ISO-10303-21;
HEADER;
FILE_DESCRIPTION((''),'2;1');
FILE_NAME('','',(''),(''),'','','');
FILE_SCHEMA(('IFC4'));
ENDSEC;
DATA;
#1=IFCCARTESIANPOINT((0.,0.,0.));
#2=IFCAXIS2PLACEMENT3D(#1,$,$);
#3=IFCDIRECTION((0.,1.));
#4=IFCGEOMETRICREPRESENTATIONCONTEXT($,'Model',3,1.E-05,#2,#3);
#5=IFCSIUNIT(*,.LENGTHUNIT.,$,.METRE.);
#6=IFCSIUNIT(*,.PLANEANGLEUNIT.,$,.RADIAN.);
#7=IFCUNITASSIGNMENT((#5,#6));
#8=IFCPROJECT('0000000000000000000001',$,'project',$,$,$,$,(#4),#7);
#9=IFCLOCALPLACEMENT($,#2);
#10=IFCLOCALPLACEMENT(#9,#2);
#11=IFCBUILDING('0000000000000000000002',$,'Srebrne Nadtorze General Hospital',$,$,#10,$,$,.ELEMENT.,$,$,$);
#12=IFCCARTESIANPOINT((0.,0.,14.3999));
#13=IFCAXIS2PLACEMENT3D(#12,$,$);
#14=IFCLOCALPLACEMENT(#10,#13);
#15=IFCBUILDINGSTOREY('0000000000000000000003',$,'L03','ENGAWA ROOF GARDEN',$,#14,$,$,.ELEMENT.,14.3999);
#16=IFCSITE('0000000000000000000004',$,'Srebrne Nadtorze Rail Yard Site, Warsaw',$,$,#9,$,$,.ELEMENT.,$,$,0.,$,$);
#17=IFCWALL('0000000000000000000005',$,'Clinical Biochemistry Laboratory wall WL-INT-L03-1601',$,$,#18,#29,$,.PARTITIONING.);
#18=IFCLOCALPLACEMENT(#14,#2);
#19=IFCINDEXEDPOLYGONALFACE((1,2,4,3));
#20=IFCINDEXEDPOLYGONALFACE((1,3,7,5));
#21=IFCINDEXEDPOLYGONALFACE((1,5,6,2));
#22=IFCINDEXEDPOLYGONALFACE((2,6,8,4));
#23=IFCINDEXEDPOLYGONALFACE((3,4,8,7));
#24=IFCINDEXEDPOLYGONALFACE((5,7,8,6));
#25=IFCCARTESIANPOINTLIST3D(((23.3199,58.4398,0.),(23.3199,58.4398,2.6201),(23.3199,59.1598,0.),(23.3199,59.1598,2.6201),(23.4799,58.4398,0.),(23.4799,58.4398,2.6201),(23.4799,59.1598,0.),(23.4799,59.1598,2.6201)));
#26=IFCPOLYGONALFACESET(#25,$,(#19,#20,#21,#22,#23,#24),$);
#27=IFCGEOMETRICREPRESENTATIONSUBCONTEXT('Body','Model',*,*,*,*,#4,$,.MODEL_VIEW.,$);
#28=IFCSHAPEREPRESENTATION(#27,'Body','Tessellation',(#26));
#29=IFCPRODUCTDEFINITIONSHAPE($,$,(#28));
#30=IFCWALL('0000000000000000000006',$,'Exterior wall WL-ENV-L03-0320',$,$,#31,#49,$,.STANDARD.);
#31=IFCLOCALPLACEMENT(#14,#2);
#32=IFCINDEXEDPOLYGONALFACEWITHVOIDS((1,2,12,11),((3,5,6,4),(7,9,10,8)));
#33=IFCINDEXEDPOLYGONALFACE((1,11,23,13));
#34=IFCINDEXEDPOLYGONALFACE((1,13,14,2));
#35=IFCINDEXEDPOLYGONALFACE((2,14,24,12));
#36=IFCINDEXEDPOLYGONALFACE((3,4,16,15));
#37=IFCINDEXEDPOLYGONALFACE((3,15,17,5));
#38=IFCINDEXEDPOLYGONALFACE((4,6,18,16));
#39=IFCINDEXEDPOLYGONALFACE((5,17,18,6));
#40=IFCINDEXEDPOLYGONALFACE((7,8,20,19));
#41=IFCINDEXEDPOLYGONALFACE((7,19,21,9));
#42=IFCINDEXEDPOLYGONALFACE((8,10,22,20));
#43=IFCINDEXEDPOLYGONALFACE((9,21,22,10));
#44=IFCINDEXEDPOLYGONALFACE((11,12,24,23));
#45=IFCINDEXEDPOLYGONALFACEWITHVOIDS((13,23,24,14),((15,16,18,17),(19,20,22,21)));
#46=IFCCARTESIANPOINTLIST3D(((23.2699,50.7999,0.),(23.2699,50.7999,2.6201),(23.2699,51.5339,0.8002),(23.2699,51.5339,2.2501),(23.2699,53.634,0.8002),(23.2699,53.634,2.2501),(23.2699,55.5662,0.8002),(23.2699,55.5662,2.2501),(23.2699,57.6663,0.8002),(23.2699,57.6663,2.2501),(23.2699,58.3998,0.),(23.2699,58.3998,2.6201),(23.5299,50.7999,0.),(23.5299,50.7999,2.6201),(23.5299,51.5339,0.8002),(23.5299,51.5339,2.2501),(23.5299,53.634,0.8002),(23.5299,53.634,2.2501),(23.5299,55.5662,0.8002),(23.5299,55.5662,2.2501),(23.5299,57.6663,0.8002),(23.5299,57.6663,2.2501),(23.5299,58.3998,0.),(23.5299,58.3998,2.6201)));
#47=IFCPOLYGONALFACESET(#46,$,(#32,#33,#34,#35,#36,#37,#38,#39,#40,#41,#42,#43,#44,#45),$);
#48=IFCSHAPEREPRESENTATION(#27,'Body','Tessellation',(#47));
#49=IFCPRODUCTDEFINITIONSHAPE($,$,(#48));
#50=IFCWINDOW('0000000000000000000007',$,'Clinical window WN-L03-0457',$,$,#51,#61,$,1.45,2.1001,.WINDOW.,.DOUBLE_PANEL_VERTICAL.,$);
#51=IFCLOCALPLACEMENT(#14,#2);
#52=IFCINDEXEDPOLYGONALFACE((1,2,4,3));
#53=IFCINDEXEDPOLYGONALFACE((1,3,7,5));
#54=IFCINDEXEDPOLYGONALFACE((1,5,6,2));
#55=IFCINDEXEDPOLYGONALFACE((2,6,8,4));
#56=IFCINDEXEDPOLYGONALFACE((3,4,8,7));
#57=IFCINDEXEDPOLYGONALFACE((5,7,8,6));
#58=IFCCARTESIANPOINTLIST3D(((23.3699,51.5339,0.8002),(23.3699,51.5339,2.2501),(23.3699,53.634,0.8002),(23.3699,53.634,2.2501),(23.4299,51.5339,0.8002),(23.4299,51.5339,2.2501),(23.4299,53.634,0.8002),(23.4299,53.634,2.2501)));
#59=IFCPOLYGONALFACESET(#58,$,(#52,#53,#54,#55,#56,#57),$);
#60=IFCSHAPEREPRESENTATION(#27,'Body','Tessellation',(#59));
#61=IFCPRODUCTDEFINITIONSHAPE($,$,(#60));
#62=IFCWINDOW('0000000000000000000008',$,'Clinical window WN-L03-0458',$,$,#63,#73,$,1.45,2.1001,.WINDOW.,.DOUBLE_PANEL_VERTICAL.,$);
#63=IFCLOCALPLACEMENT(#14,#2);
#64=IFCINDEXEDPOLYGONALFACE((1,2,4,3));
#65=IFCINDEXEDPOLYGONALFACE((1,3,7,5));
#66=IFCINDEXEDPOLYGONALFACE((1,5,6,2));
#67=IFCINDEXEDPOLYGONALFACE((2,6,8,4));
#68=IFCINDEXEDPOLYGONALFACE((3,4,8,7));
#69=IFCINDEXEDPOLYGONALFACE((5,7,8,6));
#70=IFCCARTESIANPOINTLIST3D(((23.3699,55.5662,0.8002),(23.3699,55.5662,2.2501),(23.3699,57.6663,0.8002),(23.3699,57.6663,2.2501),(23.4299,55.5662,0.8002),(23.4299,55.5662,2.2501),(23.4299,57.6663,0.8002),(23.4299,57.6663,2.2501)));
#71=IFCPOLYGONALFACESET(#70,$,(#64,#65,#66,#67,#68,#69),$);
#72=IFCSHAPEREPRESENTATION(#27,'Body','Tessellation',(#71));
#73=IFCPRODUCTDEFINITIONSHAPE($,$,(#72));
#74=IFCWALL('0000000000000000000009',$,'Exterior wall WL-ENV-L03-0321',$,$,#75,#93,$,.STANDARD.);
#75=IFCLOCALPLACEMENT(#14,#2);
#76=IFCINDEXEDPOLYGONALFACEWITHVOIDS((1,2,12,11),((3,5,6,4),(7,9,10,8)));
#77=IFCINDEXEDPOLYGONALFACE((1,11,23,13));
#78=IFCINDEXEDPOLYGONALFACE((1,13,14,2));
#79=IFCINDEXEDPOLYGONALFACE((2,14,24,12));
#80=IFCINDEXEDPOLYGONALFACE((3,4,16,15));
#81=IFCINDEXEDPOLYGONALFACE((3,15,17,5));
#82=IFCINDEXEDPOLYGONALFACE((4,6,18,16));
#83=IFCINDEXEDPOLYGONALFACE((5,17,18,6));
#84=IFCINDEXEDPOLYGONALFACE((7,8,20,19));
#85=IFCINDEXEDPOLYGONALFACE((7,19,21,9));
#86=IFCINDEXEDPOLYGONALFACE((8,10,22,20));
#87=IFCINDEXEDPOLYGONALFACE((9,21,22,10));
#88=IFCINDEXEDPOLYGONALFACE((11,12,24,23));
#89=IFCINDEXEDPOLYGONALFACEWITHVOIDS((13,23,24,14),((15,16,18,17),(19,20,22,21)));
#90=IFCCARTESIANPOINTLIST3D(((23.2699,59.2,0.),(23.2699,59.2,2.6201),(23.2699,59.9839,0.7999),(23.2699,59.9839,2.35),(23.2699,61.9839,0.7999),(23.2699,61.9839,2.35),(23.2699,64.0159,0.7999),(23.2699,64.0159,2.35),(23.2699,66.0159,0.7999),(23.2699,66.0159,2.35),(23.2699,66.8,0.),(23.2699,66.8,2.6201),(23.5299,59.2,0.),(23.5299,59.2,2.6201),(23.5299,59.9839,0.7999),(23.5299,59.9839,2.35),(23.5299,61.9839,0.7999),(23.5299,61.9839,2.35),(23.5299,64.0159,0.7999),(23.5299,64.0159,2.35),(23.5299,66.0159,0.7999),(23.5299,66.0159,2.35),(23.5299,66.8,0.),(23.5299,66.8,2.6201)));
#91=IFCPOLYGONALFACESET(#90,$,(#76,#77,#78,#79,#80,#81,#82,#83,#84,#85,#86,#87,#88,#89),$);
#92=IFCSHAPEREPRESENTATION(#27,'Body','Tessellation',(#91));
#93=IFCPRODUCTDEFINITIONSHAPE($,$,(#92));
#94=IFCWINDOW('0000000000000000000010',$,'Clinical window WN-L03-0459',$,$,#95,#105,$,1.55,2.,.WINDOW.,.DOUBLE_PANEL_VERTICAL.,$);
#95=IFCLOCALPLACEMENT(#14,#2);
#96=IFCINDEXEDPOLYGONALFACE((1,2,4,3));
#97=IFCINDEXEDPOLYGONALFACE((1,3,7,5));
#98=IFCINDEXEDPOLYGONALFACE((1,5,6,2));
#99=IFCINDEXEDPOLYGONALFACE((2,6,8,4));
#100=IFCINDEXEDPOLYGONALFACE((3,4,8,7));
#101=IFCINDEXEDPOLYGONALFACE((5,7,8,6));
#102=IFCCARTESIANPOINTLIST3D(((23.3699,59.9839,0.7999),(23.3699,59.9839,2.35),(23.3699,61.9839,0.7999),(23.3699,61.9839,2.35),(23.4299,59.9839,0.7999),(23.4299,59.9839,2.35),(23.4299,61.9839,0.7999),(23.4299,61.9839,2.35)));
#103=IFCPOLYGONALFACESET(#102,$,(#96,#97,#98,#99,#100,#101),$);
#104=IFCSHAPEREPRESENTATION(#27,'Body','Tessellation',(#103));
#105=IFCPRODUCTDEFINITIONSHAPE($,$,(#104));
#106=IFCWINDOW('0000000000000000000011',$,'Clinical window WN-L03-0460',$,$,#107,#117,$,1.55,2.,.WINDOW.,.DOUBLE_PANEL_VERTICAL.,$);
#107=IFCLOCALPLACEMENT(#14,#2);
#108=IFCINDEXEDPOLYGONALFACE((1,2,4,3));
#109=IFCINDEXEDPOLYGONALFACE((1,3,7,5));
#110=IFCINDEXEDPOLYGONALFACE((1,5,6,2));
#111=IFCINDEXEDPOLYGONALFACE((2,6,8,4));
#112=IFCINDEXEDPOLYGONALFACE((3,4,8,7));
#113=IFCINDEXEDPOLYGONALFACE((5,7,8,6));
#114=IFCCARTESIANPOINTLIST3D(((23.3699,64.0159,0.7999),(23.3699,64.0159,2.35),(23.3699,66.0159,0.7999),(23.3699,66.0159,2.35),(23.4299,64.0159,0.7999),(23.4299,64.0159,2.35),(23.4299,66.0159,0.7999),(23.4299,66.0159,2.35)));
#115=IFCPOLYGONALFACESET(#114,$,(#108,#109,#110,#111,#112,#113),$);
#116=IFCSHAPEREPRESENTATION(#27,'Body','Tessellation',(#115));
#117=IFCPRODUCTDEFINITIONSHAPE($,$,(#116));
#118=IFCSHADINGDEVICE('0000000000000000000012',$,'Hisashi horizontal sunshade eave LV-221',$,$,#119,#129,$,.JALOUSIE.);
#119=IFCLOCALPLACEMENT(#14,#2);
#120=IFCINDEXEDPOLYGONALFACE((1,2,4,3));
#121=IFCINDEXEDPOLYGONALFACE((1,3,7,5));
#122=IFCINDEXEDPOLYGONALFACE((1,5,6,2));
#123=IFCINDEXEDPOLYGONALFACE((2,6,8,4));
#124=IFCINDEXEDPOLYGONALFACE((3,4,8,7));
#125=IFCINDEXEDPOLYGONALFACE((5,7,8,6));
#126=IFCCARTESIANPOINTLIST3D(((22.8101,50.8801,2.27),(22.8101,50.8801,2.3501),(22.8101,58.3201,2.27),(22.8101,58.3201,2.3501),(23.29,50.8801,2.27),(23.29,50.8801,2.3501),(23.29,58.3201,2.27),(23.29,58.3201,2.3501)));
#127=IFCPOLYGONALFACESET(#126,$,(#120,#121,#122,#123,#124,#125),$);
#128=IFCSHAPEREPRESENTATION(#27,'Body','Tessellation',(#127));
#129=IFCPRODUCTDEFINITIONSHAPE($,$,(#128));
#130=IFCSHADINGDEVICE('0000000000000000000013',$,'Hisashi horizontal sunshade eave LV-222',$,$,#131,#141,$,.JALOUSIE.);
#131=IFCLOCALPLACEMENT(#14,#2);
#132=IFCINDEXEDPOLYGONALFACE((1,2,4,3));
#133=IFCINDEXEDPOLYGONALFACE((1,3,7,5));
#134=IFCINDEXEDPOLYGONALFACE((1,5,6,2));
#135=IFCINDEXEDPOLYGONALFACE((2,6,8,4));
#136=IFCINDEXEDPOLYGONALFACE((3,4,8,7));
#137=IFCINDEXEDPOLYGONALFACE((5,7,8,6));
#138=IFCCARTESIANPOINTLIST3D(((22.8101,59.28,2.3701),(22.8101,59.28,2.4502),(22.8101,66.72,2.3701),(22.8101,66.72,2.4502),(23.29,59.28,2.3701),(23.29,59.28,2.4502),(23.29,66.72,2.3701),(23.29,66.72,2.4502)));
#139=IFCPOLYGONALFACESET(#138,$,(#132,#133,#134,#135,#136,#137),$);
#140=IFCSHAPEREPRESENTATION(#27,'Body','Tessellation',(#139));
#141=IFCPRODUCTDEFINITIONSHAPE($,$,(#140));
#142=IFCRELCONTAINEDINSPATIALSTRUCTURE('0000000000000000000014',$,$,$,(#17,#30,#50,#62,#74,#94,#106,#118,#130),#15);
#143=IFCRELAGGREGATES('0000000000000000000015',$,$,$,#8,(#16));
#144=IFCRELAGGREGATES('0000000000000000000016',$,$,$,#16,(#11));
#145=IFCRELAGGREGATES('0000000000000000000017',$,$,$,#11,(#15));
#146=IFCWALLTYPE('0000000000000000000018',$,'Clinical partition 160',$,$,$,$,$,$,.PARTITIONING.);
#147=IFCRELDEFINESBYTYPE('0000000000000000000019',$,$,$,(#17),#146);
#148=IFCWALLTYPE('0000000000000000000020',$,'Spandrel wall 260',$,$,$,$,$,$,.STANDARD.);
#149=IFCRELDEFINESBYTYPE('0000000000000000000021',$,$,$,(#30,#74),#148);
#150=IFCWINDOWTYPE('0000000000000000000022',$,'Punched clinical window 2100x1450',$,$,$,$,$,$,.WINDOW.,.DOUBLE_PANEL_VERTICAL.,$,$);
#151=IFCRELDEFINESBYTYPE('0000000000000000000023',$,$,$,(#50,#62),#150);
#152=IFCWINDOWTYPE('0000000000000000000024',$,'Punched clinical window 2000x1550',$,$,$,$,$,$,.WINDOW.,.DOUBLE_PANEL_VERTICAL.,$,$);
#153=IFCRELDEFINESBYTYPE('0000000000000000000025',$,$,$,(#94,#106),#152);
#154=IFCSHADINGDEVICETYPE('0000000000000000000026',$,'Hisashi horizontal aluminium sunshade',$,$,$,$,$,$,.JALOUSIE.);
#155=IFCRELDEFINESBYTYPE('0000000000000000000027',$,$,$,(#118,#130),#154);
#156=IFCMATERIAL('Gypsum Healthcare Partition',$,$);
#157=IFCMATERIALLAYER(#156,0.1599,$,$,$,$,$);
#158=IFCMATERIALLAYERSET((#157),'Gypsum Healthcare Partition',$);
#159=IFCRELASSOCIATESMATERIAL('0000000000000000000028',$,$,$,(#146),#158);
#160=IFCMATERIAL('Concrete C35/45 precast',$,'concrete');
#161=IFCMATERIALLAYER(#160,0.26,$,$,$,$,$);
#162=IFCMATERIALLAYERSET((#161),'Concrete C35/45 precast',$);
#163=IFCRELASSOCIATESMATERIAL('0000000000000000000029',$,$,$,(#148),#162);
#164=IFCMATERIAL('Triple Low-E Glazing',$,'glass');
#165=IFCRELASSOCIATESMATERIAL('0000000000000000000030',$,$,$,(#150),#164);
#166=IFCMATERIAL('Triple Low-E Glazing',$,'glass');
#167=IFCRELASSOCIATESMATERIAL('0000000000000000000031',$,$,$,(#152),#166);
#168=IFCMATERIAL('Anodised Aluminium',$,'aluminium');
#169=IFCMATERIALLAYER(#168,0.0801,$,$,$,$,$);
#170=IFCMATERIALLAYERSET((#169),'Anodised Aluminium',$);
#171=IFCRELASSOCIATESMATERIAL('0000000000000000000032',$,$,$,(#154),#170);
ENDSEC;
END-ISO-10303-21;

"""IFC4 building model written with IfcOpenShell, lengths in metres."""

from ifc_helpers import new_model, si_unit, direction, frame, frame_2d, origin, origin_2d, place, context, subcontext, project, spatial, rectangle, extrude, material, layer, layer_set, type_object, element, fill, save


model = new_model("IFC4")

# Units and contexts
model_context = context("Model", 3, precision=1e-05, world=origin(), true_north=direction((0.0, 1.0)))
body_context = subcontext(model_context, "Body", "Model", "MODEL_VIEW")
ifc_project = project(units=[si_unit("LENGTHUNIT", "METRE"), si_unit("PLANEANGLEUNIT", "RADIAN")], contexts=[model_context])

# Site, building, storey
site_placement = place(None, origin())
site = spatial("IfcSite", under=ifc_project, at=site_placement, Name="Srebrne Nadtorze Rail Yard Site, Warsaw", CompositionType="ELEMENT", RefElevation=0.0)
building_placement = place(site_placement, origin())
building = spatial("IfcBuilding", under=site, at=building_placement, Name="Srebrne Nadtorze General Hospital", CompositionType="ELEMENT")
storey_placement = place(building_placement, frame((0.0, 0.0, 14.3999)))
storey = spatial("IfcBuildingStorey", under=building, at=storey_placement, Name="L03", Description="ENGAWA ROOF GARDEN", CompositionType="ELEMENT", Elevation=14.3999)

# Shared definitions
ifc_material_1 = material(Name="Gypsum Healthcare Partition")
ifc_layer_1 = layer(ifc_material_1, 0.1599)
ifc_layer_set_1 = layer_set([ifc_layer_1], Name="Gypsum Healthcare Partition")
wall_type_1 = type_object("IfcWallType", Name="Clinical partition 160", PredefinedType="PARTITIONING", material=ifc_layer_set_1)

# Wall
wall_1_placement = place(storey_placement, frame((23.3999, 58.4399, 0.0), z_axis=(0.0, 0.0, 1.0), x_axis=(0.0, 1.0, 0.0)))
element("IfcWall", 1, at=wall_1_placement, inside=storey, type_object=wall_type_1, Name="Clinical Biochemistry Laboratory wall WL-INT-L03-1601", PredefinedType="PARTITIONING", context=body_context, shape_type="SweptSolid", body=[
    extrude(rectangle(XDim=0.72, YDim=0.1599, at=frame_2d((0.3599, 0.0))), origin(), (0.0, 0.0, 1.0), 2.6201),
])

# Walls, openings, windows
ifc_material_2 = material(Name="Concrete C35/45 precast", Category="concrete")
ifc_layer_2 = layer(ifc_material_2, 0.26)
ifc_layer_set_2 = layer_set([ifc_layer_2], Name="Concrete C35/45 precast")
wall_type_2 = type_object("IfcWallType", Name="Spandrel wall 260", PredefinedType="STANDARD", material=ifc_layer_set_2)
wall_2_placement = place(storey_placement, frame((23.3999, 50.8, 0.0), z_axis=(0.0, 0.0, 1.0), x_axis=(0.0, 1.0, 0.0)))
wall_2 = element("IfcWall", 2, at=wall_2_placement, inside=storey, type_object=wall_type_2, Name="Exterior wall WL-ENV-L03-0320", PredefinedType="STANDARD", context=body_context, shape_type="SweptSolid", body=[
    extrude(rectangle(XDim=7.5999, YDim=0.26, at=frame_2d((3.7998, 0.0))), origin(), (0.0, 0.0, 1.0), 2.6201),
])
opening_1_placement = place(wall_2_placement, frame((0.7339, 0.0, 0.8)))
opening_1 = element("IfcOpeningElement", 3, at=opening_1_placement, cuts=wall_2, PredefinedType="OPENING", context=body_context, shape_type="SweptSolid", body=[
    extrude(rectangle(XDim=2.1001, YDim=1.45, at=frame_2d((1.05, 0.7251))), frame((0.0, 0.1421, 0.0), z_axis=(0.0, -1.0, 0.0), x_axis=(1.0, 0.0, 0.0)), (0.0, 0.0, 1.0), 0.2839),
])
opening_2_placement = place(wall_2_placement, frame((4.7661, 0.0, 0.8)))
opening_2 = element("IfcOpeningElement", 4, at=opening_2_placement, cuts=wall_2, PredefinedType="OPENING", context=body_context, shape_type="SweptSolid", body=[
    extrude(rectangle(XDim=2.1001, YDim=1.45, at=frame_2d((1.05, 0.7251))), frame((0.0, 0.1421, 0.0), z_axis=(0.0, -1.0, 0.0), x_axis=(1.0, 0.0, 0.0)), (0.0, 0.0, 1.0), 0.2839),
])
ifc_material_3 = material(Name="Triple Low-E Glazing", Category="glass")
window_type_1 = type_object("IfcWindowType", Name="Punched clinical window 2100x1450", PartitioningType="DOUBLE_PANEL_VERTICAL", PredefinedType="WINDOW", material=ifc_material_3)
window_1_placement = place(opening_1_placement, origin())
window_1 = element("IfcWindow", 5, at=window_1_placement, inside=storey, type_object=window_type_1, Name="Clinical window WN-L03-0457", OverallHeight=1.45, OverallWidth=2.1001, PartitioningType="DOUBLE_PANEL_VERTICAL", PredefinedType="WINDOW", context=body_context, shape_type="SweptSolid", body=[
    extrude(rectangle(XDim=2.1001, YDim=1.45, at=frame_2d((1.05, 0.7251))), frame((0.0, 0.03, 0.0), z_axis=(0.0, -1.0, 0.0), x_axis=(1.0, 0.0, 0.0)), (0.0, 0.0, 1.0), 0.0601),
])
fill(opening_1, window_1)
window_2_placement = place(opening_2_placement, origin())
window_2 = element("IfcWindow", 6, at=window_2_placement, inside=storey, type_object=window_type_1, Name="Clinical window WN-L03-0458", OverallHeight=1.45, OverallWidth=2.1001, PartitioningType="DOUBLE_PANEL_VERTICAL", PredefinedType="WINDOW", context=body_context, shape_type="SweptSolid", body=[
    extrude(rectangle(XDim=2.1001, YDim=1.45, at=frame_2d((1.05, 0.7251))), frame((0.0, 0.03, 0.0), z_axis=(0.0, -1.0, 0.0), x_axis=(1.0, 0.0, 0.0)), (0.0, 0.0, 1.0), 0.0601),
])
fill(opening_2, window_2)
wall_3_placement = place(storey_placement, frame((23.3999, 59.2, 0.0), z_axis=(0.0, 0.0, 1.0), x_axis=(0.0, 1.0, 0.0)))
wall_3 = element("IfcWall", 7, at=wall_3_placement, inside=storey, type_object=wall_type_2, Name="Exterior wall WL-ENV-L03-0321", PredefinedType="STANDARD", context=body_context, shape_type="SweptSolid", body=[
    extrude(rectangle(XDim=7.6001, YDim=0.26, at=frame_2d((3.8, 0.0))), origin(), (0.0, 0.0, 1.0), 2.6201),
])
opening_3_placement = place(wall_3_placement, frame((0.7839, 0.0, 0.8)))
opening_3 = element("IfcOpeningElement", 8, at=opening_3_placement, cuts=wall_3, PredefinedType="OPENING", context=body_context, shape_type="SweptSolid", body=[
    extrude(rectangle(XDim=2.0, YDim=1.55, at=frame_2d((1.0, 0.7749))), frame((0.0, 0.1421, 0.0), z_axis=(0.0, -1.0, 0.0), x_axis=(1.0, 0.0, 0.0)), (0.0, 0.0, 1.0), 0.2839),
])
opening_4_placement = place(wall_3_placement, frame((4.8159, 0.0, 0.8)))
opening_4 = element("IfcOpeningElement", 9, at=opening_4_placement, cuts=wall_3, PredefinedType="OPENING", context=body_context, shape_type="SweptSolid", body=[
    extrude(rectangle(XDim=2.0, YDim=1.55, at=frame_2d((1.0, 0.7749))), frame((0.0, 0.1421, 0.0), z_axis=(0.0, -1.0, 0.0), x_axis=(1.0, 0.0, 0.0)), (0.0, 0.0, 1.0), 0.2839),
])
ifc_material_4 = material(Name="Triple Low-E Glazing", Category="glass")
window_type_2 = type_object("IfcWindowType", Name="Punched clinical window 2000x1550", PartitioningType="DOUBLE_PANEL_VERTICAL", PredefinedType="WINDOW", material=ifc_material_4)
window_3_placement = place(opening_3_placement, origin())
window_3 = element("IfcWindow", 10, at=window_3_placement, inside=storey, type_object=window_type_2, Name="Clinical window WN-L03-0459", OverallHeight=1.55, OverallWidth=2.0, PartitioningType="DOUBLE_PANEL_VERTICAL", PredefinedType="WINDOW", context=body_context, shape_type="SweptSolid", body=[
    extrude(rectangle(XDim=2.0, YDim=1.55, at=frame_2d((1.0, 0.7749))), frame((0.0, 0.03, 0.0), z_axis=(0.0, -1.0, 0.0), x_axis=(1.0, 0.0, 0.0)), (0.0, 0.0, 1.0), 0.0601),
])
fill(opening_3, window_3)
window_4_placement = place(opening_4_placement, origin())
window_4 = element("IfcWindow", 11, at=window_4_placement, inside=storey, type_object=window_type_2, Name="Clinical window WN-L03-0460", OverallHeight=1.55, OverallWidth=2.0, PartitioningType="DOUBLE_PANEL_VERTICAL", PredefinedType="WINDOW", context=body_context, shape_type="SweptSolid", body=[
    extrude(rectangle(XDim=2.0, YDim=1.55, at=frame_2d((1.0, 0.7749))), frame((0.0, 0.03, 0.0), z_axis=(0.0, -1.0, 0.0), x_axis=(1.0, 0.0, 0.0)), (0.0, 0.0, 1.0), 0.0601),
])
fill(opening_4, window_4)

# Shading devices
ifc_material_5 = material(Name="Anodised Aluminium", Category="aluminium")
ifc_layer_3 = layer(ifc_material_5, 0.0801)
ifc_layer_set_3 = layer_set([ifc_layer_3], Name="Anodised Aluminium")
shading_device_type = type_object("IfcShadingDeviceType", Name="Hisashi horizontal aluminium sunshade", PredefinedType="JALOUSIE", material=ifc_layer_set_3)
for number, where, z_axis, x_axis, name in (
    (12, (23.05, 54.6001, 2.27), (0.0, 0.0, 1.0), (1.0, 0.0, 0.0), "Hisashi horizontal sunshade eave LV-221"),
    (13, (23.05, 63.0, 2.3701), (0.0, 0.0, 1.0), (1.0, 0.0, 0.0), "Hisashi horizontal sunshade eave LV-222"),
):
    element("IfcShadingDevice", number, at=place(storey_placement, frame(where, z_axis=z_axis, x_axis=x_axis)), inside=storey, type_object=shading_device_type, Name=name, PredefinedType="JALOUSIE", context=body_context, shape_type="SweptSolid", body=[
        extrude(rectangle(XDim=0.48, YDim=7.4399, at=origin_2d()), origin(), (0.0, 0.0, 1.0), 0.0801),
    ])

save(model, "model.ifc")
